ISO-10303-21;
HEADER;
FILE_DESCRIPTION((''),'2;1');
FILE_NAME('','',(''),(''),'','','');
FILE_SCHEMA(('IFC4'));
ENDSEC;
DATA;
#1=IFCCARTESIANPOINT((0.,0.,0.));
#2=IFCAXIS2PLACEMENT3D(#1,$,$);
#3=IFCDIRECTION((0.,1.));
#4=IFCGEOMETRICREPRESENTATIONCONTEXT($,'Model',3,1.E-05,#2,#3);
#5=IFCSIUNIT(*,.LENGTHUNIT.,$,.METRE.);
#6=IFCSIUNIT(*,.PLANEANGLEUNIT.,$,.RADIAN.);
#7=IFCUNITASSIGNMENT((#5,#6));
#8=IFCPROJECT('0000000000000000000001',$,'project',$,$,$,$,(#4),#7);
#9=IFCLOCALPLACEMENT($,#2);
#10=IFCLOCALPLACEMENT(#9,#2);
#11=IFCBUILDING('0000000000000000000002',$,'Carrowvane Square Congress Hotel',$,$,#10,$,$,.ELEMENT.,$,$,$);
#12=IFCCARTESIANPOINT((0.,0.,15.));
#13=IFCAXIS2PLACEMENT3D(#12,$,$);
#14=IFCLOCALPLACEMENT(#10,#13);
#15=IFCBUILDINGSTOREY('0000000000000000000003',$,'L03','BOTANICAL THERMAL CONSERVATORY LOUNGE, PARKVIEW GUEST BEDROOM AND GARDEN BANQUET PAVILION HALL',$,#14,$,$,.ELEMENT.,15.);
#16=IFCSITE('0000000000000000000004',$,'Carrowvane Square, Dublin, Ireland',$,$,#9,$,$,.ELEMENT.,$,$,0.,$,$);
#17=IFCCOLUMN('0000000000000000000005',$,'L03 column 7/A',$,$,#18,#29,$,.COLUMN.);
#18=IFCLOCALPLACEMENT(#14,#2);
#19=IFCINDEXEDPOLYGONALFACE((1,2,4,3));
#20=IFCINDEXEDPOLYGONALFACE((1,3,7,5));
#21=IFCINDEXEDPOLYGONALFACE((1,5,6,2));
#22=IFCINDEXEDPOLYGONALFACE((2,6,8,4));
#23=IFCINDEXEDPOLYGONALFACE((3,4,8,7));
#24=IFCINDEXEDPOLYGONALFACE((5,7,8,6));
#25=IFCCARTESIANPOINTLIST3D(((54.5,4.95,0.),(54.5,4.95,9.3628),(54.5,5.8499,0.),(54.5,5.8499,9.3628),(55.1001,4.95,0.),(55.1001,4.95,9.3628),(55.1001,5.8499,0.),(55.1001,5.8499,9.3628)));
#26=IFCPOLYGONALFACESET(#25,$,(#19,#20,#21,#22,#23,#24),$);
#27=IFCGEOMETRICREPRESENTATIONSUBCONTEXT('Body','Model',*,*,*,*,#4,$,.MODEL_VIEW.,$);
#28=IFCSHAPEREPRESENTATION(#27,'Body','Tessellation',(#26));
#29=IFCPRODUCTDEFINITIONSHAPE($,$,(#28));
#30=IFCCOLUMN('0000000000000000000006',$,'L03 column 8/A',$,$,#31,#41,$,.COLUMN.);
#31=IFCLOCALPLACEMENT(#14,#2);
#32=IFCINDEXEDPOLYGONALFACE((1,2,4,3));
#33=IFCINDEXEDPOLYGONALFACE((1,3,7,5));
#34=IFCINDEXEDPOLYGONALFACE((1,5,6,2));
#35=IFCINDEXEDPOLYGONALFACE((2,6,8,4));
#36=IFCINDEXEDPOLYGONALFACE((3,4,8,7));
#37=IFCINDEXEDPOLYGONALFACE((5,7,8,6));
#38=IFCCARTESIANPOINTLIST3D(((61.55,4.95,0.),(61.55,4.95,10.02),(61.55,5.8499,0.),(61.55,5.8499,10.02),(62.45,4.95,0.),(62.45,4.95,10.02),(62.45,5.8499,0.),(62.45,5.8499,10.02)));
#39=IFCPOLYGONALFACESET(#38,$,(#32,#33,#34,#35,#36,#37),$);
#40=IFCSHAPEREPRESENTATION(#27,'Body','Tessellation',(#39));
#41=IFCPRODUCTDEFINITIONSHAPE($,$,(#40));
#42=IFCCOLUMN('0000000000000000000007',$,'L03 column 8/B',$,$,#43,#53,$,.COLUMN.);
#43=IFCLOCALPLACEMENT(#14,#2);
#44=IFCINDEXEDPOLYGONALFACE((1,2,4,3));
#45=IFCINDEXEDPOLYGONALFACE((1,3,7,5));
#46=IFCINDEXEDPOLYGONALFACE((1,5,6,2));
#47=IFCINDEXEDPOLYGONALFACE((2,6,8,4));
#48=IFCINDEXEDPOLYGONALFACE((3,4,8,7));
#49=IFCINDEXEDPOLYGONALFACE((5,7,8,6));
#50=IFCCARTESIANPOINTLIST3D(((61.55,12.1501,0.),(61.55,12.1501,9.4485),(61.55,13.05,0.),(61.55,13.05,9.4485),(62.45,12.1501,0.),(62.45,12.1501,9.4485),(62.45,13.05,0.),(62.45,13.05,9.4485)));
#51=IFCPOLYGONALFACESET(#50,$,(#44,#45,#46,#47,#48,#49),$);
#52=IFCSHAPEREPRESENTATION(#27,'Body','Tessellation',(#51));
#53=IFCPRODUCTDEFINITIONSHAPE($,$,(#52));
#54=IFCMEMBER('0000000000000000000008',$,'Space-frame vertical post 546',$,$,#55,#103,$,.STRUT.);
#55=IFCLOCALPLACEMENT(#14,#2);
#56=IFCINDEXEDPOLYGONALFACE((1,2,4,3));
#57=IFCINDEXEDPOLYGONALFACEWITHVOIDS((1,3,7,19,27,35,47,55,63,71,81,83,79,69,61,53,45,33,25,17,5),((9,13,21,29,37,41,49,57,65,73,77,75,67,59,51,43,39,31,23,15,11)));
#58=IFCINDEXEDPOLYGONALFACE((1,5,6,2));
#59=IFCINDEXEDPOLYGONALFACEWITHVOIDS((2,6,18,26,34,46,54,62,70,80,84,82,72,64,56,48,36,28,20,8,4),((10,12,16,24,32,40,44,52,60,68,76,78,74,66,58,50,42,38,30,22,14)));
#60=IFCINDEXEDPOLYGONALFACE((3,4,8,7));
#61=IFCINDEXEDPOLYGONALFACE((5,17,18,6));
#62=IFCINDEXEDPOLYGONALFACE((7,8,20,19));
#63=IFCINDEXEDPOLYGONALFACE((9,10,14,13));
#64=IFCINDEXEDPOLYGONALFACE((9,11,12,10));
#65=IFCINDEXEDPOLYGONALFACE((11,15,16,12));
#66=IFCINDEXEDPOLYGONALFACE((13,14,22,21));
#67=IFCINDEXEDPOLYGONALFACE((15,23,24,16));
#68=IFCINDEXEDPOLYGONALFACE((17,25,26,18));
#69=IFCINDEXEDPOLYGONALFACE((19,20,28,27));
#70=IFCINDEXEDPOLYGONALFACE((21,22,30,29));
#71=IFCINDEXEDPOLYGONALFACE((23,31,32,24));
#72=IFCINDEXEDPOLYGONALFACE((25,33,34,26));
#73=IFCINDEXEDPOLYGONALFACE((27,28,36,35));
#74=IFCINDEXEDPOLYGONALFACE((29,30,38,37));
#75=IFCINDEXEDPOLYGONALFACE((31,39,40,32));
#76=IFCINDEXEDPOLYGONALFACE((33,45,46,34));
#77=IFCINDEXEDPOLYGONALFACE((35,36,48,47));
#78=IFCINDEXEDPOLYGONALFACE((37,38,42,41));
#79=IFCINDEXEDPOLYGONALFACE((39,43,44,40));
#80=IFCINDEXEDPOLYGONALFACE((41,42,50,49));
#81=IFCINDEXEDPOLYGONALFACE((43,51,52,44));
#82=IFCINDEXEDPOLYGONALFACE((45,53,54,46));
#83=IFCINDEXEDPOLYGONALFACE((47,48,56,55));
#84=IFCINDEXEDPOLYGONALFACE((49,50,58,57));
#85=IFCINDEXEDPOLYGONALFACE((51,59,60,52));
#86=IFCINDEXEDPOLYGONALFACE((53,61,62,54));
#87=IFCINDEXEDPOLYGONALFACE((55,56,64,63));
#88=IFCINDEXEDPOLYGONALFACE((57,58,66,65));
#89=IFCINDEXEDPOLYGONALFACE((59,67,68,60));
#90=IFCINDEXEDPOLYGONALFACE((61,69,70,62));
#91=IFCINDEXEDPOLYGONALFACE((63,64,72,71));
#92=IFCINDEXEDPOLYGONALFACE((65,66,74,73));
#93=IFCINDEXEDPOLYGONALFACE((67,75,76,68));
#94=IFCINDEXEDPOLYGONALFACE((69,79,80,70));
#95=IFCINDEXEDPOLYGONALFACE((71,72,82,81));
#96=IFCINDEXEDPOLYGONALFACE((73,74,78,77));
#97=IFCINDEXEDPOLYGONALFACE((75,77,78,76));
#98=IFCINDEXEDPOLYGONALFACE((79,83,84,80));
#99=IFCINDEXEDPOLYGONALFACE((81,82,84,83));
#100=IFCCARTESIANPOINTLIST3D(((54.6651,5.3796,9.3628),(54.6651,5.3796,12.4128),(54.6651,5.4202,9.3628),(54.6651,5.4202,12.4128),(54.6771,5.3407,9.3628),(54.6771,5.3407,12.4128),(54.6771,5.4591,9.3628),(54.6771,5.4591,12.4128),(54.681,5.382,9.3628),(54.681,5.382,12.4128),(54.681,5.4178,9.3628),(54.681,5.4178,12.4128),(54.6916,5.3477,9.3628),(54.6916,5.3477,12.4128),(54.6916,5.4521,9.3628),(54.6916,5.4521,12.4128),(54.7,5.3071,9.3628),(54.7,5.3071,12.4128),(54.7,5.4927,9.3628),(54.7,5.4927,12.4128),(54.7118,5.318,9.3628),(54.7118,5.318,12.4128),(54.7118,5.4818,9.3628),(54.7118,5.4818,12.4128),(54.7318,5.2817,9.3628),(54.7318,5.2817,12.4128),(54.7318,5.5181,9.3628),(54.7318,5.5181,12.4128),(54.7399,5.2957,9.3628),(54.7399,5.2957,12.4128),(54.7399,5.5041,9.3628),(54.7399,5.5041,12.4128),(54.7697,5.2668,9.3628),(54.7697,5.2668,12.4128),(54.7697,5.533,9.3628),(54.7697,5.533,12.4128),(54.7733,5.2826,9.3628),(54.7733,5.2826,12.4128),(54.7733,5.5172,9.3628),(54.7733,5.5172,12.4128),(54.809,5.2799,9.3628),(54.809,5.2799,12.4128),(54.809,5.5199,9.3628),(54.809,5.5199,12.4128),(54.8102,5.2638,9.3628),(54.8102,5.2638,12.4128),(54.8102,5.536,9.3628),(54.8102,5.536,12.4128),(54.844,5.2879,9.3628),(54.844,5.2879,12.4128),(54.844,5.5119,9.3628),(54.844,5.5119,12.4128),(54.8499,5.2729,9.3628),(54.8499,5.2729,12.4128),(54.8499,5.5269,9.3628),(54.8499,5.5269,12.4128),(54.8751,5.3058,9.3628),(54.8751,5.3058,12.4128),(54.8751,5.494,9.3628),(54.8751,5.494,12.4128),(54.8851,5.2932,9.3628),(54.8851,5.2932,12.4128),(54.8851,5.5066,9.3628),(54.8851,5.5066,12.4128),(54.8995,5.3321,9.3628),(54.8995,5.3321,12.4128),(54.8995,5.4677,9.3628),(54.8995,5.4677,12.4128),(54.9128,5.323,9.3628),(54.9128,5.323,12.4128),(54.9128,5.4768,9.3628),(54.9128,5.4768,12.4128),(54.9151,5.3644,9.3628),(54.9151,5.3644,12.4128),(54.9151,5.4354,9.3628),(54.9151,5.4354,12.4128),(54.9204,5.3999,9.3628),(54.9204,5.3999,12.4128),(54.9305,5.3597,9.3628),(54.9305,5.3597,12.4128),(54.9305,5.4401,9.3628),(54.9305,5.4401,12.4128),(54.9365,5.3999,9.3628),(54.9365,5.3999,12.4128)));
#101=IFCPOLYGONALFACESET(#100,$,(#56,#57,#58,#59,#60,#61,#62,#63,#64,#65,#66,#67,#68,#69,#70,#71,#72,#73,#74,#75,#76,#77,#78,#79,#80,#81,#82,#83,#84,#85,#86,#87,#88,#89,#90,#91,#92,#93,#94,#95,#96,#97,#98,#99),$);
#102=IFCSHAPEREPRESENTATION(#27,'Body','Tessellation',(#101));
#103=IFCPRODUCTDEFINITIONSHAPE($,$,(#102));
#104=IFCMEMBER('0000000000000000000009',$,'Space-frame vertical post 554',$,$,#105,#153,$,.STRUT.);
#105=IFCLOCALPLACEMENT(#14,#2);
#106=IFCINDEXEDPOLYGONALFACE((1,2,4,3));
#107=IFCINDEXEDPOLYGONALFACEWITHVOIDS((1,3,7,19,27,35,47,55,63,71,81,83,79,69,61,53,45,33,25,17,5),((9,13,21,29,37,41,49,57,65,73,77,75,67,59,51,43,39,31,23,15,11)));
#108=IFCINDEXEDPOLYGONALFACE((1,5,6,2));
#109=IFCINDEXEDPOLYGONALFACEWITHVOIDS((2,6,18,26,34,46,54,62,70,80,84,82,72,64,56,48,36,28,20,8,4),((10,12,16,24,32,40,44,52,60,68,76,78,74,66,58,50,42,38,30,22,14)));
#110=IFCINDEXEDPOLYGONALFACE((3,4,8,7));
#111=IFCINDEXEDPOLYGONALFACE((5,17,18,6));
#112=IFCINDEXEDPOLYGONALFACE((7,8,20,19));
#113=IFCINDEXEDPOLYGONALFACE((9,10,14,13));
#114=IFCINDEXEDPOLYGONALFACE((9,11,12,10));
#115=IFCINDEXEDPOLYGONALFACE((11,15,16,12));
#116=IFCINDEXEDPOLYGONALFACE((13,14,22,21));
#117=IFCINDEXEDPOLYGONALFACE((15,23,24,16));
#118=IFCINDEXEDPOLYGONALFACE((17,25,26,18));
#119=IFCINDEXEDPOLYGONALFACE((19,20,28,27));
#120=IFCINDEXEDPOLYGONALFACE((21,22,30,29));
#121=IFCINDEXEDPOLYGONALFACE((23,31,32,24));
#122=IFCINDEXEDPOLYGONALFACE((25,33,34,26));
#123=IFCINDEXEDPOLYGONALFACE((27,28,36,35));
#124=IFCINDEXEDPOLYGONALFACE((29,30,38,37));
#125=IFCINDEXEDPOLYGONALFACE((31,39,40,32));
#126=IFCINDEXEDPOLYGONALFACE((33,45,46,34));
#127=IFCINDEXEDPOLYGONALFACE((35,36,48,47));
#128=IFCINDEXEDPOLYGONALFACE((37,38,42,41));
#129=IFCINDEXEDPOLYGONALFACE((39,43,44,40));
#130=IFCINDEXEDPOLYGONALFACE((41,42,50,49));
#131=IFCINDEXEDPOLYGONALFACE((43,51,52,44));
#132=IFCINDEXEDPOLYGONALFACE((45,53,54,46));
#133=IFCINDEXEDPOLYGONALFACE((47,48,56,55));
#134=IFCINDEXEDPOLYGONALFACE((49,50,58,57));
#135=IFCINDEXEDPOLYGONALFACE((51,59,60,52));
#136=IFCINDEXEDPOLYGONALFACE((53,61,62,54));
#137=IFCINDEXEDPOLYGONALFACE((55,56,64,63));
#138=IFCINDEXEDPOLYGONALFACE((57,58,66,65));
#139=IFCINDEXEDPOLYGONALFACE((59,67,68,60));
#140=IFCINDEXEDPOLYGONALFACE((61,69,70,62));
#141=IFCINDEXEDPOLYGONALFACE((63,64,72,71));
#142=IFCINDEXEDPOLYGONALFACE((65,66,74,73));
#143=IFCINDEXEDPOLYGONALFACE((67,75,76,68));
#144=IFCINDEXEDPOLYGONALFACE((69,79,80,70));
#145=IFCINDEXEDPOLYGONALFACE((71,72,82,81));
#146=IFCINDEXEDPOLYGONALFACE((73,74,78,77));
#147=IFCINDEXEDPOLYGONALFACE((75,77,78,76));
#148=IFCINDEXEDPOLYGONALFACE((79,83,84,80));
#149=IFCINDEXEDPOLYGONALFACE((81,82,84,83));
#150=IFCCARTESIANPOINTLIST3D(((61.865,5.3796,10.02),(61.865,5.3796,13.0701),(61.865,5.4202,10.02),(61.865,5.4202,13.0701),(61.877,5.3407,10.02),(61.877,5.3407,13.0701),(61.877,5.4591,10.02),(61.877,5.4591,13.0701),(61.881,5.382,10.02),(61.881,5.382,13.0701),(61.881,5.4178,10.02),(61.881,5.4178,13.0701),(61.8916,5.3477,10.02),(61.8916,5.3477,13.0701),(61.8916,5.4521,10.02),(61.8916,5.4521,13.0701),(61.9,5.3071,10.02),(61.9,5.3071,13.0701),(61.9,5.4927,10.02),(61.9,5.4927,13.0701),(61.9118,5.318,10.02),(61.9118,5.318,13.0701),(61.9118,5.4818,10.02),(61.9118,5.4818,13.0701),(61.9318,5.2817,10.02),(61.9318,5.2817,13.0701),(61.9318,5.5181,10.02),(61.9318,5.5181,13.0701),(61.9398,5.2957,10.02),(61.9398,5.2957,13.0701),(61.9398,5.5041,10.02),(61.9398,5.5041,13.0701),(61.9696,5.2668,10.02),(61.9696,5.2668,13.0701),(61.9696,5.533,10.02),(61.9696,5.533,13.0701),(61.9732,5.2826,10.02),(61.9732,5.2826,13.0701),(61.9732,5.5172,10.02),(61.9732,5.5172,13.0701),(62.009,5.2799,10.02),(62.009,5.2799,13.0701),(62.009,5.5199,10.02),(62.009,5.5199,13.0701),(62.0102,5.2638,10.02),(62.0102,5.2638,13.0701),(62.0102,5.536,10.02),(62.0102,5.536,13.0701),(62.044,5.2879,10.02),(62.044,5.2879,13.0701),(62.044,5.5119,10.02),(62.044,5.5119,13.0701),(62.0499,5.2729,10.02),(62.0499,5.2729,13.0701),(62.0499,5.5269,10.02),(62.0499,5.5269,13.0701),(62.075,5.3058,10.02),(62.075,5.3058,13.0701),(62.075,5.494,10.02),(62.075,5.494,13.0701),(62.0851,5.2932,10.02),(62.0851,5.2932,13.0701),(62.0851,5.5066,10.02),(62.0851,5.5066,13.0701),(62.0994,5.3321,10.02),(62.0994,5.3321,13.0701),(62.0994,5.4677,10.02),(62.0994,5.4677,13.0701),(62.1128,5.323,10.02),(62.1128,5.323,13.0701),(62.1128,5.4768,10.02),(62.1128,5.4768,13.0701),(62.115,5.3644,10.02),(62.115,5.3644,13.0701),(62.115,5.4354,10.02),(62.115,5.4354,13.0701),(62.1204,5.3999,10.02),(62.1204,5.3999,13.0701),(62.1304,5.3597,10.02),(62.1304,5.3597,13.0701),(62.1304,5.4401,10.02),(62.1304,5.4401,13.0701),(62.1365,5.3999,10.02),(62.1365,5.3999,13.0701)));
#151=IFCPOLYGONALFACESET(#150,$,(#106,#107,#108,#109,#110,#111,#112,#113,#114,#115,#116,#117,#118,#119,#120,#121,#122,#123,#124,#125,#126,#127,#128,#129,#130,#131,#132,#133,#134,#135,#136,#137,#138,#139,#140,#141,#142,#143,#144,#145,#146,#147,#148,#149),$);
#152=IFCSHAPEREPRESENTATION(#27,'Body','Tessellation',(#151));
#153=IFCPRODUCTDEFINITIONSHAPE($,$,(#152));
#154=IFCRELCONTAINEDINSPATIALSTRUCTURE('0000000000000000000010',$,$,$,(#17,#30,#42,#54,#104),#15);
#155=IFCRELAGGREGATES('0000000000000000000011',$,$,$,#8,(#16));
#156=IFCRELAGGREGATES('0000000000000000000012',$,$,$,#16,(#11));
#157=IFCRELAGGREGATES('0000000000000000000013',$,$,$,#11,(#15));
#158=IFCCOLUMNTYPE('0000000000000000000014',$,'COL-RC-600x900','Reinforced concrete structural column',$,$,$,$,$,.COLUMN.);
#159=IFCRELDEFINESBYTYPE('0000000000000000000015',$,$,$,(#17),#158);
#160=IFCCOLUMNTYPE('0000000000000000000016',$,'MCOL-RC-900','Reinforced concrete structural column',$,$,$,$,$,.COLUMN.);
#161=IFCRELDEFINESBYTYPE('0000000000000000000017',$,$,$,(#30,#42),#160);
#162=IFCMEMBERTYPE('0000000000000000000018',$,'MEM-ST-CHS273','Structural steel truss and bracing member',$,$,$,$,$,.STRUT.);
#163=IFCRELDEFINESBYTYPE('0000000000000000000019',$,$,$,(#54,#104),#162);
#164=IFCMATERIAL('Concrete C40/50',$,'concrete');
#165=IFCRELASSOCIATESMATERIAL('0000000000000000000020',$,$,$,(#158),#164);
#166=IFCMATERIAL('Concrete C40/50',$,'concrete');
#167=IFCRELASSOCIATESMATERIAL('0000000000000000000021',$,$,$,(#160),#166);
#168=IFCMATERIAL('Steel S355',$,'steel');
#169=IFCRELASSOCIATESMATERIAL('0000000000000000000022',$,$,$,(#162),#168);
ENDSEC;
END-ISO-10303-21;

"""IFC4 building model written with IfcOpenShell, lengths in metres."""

from ifc_helpers import new_model, si_unit, direction, frame, origin, origin_2d, place, context, subcontext, project, spatial, rectangle, hollow_circle, extrude, material, material_profile, profile_set, type_object, element, save


model = new_model("IFC4")

# Units and contexts
model_context = context("Model", 3, precision=1e-05, world=origin(), true_north=direction((0.0, 1.0)))
body_context = subcontext(model_context, "Body", "Model", "MODEL_VIEW")
ifc_project = project(units=[si_unit("LENGTHUNIT", "METRE"), si_unit("PLANEANGLEUNIT", "RADIAN")], contexts=[model_context])

# Site, building, storey
site_placement = place(None, origin())
site = spatial("IfcSite", under=ifc_project, at=site_placement, Name="Carrowvane Square, Dublin, Ireland", CompositionType="ELEMENT", RefElevation=0.0)
building_placement = place(site_placement, origin())
building = spatial("IfcBuilding", under=site, at=building_placement, Name="Carrowvane Square Congress Hotel", CompositionType="ELEMENT")
storey_placement = place(building_placement, frame((0.0, 0.0, 15.0)))
storey = spatial("IfcBuildingStorey", under=building, at=storey_placement, Name="L03", Description="BOTANICAL THERMAL CONSERVATORY LOUNGE, PARKVIEW GUEST BEDROOM AND GARDEN BANQUET PAVILION HALL", CompositionType="ELEMENT", Elevation=15.0)

# Columns
ifc_material_1 = material(Name="Concrete C40/50", Category="concrete")
ifc_material_profile_1 = material_profile(ifc_material_1, rectangle(XDim=0.6001, YDim=0.8999, at=origin_2d()), Name="RC 600x900")
ifc_profile_set_1 = profile_set([ifc_material_profile_1], Name="Concrete C40/50")
column_type_1 = type_object("IfcColumnType", Name="COL-RC-600x900", Description="Reinforced concrete structural column", PredefinedType="COLUMN", material=ifc_profile_set_1)
column_1_placement = place(storey_placement, frame((54.8, 5.3999, 0.0), z_axis=(0.0, 0.0, 1.0), x_axis=(1.0, 0.0, 0.0)))
element("IfcColumn", 1, at=column_1_placement, inside=storey, type_object=column_type_1, Name="L03 column 7/A", PredefinedType="COLUMN", context=body_context, shape_type="SweptSolid", body=[
    extrude(rectangle(XDim=0.6001, YDim=0.8999, at=origin_2d()), origin(), (0.0, 0.0, 1.0), 9.3628),
])
ifc_material_2 = material(Name="Concrete C40/50", Category="concrete")
ifc_material_profile_2 = material_profile(ifc_material_2, rectangle(XDim=0.8999, YDim=0.8999, at=origin_2d()), Name="RC 900x900")
ifc_profile_set_2 = profile_set([ifc_material_profile_2], Name="Concrete C40/50")
column_type_2 = type_object("IfcColumnType", Name="MCOL-RC-900", Description="Reinforced concrete structural column", PredefinedType="COLUMN", material=ifc_profile_set_2)
column_2_placement = place(storey_placement, frame((62.0, 5.3999, 0.0), z_axis=(0.0, 0.0, 1.0), x_axis=(1.0, 0.0, 0.0)))
element("IfcColumn", 2, at=column_2_placement, inside=storey, type_object=column_type_2, Name="L03 column 8/A", PredefinedType="COLUMN", context=body_context, shape_type="SweptSolid", body=[
    extrude(rectangle(XDim=0.8999, YDim=0.8999, at=origin_2d()), origin(), (0.0, 0.0, 1.0), 10.02),
])
column_3_placement = place(storey_placement, frame((62.0, 12.6001, 0.0), z_axis=(0.0, 0.0, 1.0), x_axis=(1.0, 0.0, 0.0)))
element("IfcColumn", 3, at=column_3_placement, inside=storey, type_object=column_type_2, Name="L03 column 8/B", PredefinedType="COLUMN", context=body_context, shape_type="SweptSolid", body=[
    extrude(rectangle(XDim=0.8999, YDim=0.8999, at=origin_2d()), origin(), (0.0, 0.0, 1.0), 9.4485),
])

# Members
ifc_material_3 = material(Name="Steel S355", Category="steel")
ifc_material_profile_3 = material_profile(ifc_material_3, hollow_circle(Radius=0.1365, WallThickness=0.0161, at=origin_2d()), Name="CHS 273.0x16")
ifc_profile_set_3 = profile_set([ifc_material_profile_3], Name="Steel S355")
member_type_1 = type_object("IfcMemberType", Name="MEM-ST-CHS273", Description="Structural steel truss and bracing member", PredefinedType="STRUT", material=ifc_profile_set_3)
for number, where, z_axis, x_axis, name in (
    (4, (54.8, 5.3999, 9.3628), (0.0, 0.0, 1.0), (1.0, 0.0, 0.0), "Space-frame vertical post 546"),
    (5, (62.0, 5.3999, 10.02), (0.0, 0.0, 1.0), (1.0, 0.0, 0.0), "Space-frame vertical post 554"),
):
    element("IfcMember", number, at=place(storey_placement, frame(where, z_axis=z_axis, x_axis=x_axis)), inside=storey, type_object=member_type_1, Name=name, PredefinedType="STRUT", context=body_context, shape_type="SweptSolid", body=[
        extrude(hollow_circle(Radius=0.1365, WallThickness=0.0161, at=origin_2d()), origin(), (0.0, 0.0, 1.0), 3.05),
    ])

save(model, "model.ifc")
